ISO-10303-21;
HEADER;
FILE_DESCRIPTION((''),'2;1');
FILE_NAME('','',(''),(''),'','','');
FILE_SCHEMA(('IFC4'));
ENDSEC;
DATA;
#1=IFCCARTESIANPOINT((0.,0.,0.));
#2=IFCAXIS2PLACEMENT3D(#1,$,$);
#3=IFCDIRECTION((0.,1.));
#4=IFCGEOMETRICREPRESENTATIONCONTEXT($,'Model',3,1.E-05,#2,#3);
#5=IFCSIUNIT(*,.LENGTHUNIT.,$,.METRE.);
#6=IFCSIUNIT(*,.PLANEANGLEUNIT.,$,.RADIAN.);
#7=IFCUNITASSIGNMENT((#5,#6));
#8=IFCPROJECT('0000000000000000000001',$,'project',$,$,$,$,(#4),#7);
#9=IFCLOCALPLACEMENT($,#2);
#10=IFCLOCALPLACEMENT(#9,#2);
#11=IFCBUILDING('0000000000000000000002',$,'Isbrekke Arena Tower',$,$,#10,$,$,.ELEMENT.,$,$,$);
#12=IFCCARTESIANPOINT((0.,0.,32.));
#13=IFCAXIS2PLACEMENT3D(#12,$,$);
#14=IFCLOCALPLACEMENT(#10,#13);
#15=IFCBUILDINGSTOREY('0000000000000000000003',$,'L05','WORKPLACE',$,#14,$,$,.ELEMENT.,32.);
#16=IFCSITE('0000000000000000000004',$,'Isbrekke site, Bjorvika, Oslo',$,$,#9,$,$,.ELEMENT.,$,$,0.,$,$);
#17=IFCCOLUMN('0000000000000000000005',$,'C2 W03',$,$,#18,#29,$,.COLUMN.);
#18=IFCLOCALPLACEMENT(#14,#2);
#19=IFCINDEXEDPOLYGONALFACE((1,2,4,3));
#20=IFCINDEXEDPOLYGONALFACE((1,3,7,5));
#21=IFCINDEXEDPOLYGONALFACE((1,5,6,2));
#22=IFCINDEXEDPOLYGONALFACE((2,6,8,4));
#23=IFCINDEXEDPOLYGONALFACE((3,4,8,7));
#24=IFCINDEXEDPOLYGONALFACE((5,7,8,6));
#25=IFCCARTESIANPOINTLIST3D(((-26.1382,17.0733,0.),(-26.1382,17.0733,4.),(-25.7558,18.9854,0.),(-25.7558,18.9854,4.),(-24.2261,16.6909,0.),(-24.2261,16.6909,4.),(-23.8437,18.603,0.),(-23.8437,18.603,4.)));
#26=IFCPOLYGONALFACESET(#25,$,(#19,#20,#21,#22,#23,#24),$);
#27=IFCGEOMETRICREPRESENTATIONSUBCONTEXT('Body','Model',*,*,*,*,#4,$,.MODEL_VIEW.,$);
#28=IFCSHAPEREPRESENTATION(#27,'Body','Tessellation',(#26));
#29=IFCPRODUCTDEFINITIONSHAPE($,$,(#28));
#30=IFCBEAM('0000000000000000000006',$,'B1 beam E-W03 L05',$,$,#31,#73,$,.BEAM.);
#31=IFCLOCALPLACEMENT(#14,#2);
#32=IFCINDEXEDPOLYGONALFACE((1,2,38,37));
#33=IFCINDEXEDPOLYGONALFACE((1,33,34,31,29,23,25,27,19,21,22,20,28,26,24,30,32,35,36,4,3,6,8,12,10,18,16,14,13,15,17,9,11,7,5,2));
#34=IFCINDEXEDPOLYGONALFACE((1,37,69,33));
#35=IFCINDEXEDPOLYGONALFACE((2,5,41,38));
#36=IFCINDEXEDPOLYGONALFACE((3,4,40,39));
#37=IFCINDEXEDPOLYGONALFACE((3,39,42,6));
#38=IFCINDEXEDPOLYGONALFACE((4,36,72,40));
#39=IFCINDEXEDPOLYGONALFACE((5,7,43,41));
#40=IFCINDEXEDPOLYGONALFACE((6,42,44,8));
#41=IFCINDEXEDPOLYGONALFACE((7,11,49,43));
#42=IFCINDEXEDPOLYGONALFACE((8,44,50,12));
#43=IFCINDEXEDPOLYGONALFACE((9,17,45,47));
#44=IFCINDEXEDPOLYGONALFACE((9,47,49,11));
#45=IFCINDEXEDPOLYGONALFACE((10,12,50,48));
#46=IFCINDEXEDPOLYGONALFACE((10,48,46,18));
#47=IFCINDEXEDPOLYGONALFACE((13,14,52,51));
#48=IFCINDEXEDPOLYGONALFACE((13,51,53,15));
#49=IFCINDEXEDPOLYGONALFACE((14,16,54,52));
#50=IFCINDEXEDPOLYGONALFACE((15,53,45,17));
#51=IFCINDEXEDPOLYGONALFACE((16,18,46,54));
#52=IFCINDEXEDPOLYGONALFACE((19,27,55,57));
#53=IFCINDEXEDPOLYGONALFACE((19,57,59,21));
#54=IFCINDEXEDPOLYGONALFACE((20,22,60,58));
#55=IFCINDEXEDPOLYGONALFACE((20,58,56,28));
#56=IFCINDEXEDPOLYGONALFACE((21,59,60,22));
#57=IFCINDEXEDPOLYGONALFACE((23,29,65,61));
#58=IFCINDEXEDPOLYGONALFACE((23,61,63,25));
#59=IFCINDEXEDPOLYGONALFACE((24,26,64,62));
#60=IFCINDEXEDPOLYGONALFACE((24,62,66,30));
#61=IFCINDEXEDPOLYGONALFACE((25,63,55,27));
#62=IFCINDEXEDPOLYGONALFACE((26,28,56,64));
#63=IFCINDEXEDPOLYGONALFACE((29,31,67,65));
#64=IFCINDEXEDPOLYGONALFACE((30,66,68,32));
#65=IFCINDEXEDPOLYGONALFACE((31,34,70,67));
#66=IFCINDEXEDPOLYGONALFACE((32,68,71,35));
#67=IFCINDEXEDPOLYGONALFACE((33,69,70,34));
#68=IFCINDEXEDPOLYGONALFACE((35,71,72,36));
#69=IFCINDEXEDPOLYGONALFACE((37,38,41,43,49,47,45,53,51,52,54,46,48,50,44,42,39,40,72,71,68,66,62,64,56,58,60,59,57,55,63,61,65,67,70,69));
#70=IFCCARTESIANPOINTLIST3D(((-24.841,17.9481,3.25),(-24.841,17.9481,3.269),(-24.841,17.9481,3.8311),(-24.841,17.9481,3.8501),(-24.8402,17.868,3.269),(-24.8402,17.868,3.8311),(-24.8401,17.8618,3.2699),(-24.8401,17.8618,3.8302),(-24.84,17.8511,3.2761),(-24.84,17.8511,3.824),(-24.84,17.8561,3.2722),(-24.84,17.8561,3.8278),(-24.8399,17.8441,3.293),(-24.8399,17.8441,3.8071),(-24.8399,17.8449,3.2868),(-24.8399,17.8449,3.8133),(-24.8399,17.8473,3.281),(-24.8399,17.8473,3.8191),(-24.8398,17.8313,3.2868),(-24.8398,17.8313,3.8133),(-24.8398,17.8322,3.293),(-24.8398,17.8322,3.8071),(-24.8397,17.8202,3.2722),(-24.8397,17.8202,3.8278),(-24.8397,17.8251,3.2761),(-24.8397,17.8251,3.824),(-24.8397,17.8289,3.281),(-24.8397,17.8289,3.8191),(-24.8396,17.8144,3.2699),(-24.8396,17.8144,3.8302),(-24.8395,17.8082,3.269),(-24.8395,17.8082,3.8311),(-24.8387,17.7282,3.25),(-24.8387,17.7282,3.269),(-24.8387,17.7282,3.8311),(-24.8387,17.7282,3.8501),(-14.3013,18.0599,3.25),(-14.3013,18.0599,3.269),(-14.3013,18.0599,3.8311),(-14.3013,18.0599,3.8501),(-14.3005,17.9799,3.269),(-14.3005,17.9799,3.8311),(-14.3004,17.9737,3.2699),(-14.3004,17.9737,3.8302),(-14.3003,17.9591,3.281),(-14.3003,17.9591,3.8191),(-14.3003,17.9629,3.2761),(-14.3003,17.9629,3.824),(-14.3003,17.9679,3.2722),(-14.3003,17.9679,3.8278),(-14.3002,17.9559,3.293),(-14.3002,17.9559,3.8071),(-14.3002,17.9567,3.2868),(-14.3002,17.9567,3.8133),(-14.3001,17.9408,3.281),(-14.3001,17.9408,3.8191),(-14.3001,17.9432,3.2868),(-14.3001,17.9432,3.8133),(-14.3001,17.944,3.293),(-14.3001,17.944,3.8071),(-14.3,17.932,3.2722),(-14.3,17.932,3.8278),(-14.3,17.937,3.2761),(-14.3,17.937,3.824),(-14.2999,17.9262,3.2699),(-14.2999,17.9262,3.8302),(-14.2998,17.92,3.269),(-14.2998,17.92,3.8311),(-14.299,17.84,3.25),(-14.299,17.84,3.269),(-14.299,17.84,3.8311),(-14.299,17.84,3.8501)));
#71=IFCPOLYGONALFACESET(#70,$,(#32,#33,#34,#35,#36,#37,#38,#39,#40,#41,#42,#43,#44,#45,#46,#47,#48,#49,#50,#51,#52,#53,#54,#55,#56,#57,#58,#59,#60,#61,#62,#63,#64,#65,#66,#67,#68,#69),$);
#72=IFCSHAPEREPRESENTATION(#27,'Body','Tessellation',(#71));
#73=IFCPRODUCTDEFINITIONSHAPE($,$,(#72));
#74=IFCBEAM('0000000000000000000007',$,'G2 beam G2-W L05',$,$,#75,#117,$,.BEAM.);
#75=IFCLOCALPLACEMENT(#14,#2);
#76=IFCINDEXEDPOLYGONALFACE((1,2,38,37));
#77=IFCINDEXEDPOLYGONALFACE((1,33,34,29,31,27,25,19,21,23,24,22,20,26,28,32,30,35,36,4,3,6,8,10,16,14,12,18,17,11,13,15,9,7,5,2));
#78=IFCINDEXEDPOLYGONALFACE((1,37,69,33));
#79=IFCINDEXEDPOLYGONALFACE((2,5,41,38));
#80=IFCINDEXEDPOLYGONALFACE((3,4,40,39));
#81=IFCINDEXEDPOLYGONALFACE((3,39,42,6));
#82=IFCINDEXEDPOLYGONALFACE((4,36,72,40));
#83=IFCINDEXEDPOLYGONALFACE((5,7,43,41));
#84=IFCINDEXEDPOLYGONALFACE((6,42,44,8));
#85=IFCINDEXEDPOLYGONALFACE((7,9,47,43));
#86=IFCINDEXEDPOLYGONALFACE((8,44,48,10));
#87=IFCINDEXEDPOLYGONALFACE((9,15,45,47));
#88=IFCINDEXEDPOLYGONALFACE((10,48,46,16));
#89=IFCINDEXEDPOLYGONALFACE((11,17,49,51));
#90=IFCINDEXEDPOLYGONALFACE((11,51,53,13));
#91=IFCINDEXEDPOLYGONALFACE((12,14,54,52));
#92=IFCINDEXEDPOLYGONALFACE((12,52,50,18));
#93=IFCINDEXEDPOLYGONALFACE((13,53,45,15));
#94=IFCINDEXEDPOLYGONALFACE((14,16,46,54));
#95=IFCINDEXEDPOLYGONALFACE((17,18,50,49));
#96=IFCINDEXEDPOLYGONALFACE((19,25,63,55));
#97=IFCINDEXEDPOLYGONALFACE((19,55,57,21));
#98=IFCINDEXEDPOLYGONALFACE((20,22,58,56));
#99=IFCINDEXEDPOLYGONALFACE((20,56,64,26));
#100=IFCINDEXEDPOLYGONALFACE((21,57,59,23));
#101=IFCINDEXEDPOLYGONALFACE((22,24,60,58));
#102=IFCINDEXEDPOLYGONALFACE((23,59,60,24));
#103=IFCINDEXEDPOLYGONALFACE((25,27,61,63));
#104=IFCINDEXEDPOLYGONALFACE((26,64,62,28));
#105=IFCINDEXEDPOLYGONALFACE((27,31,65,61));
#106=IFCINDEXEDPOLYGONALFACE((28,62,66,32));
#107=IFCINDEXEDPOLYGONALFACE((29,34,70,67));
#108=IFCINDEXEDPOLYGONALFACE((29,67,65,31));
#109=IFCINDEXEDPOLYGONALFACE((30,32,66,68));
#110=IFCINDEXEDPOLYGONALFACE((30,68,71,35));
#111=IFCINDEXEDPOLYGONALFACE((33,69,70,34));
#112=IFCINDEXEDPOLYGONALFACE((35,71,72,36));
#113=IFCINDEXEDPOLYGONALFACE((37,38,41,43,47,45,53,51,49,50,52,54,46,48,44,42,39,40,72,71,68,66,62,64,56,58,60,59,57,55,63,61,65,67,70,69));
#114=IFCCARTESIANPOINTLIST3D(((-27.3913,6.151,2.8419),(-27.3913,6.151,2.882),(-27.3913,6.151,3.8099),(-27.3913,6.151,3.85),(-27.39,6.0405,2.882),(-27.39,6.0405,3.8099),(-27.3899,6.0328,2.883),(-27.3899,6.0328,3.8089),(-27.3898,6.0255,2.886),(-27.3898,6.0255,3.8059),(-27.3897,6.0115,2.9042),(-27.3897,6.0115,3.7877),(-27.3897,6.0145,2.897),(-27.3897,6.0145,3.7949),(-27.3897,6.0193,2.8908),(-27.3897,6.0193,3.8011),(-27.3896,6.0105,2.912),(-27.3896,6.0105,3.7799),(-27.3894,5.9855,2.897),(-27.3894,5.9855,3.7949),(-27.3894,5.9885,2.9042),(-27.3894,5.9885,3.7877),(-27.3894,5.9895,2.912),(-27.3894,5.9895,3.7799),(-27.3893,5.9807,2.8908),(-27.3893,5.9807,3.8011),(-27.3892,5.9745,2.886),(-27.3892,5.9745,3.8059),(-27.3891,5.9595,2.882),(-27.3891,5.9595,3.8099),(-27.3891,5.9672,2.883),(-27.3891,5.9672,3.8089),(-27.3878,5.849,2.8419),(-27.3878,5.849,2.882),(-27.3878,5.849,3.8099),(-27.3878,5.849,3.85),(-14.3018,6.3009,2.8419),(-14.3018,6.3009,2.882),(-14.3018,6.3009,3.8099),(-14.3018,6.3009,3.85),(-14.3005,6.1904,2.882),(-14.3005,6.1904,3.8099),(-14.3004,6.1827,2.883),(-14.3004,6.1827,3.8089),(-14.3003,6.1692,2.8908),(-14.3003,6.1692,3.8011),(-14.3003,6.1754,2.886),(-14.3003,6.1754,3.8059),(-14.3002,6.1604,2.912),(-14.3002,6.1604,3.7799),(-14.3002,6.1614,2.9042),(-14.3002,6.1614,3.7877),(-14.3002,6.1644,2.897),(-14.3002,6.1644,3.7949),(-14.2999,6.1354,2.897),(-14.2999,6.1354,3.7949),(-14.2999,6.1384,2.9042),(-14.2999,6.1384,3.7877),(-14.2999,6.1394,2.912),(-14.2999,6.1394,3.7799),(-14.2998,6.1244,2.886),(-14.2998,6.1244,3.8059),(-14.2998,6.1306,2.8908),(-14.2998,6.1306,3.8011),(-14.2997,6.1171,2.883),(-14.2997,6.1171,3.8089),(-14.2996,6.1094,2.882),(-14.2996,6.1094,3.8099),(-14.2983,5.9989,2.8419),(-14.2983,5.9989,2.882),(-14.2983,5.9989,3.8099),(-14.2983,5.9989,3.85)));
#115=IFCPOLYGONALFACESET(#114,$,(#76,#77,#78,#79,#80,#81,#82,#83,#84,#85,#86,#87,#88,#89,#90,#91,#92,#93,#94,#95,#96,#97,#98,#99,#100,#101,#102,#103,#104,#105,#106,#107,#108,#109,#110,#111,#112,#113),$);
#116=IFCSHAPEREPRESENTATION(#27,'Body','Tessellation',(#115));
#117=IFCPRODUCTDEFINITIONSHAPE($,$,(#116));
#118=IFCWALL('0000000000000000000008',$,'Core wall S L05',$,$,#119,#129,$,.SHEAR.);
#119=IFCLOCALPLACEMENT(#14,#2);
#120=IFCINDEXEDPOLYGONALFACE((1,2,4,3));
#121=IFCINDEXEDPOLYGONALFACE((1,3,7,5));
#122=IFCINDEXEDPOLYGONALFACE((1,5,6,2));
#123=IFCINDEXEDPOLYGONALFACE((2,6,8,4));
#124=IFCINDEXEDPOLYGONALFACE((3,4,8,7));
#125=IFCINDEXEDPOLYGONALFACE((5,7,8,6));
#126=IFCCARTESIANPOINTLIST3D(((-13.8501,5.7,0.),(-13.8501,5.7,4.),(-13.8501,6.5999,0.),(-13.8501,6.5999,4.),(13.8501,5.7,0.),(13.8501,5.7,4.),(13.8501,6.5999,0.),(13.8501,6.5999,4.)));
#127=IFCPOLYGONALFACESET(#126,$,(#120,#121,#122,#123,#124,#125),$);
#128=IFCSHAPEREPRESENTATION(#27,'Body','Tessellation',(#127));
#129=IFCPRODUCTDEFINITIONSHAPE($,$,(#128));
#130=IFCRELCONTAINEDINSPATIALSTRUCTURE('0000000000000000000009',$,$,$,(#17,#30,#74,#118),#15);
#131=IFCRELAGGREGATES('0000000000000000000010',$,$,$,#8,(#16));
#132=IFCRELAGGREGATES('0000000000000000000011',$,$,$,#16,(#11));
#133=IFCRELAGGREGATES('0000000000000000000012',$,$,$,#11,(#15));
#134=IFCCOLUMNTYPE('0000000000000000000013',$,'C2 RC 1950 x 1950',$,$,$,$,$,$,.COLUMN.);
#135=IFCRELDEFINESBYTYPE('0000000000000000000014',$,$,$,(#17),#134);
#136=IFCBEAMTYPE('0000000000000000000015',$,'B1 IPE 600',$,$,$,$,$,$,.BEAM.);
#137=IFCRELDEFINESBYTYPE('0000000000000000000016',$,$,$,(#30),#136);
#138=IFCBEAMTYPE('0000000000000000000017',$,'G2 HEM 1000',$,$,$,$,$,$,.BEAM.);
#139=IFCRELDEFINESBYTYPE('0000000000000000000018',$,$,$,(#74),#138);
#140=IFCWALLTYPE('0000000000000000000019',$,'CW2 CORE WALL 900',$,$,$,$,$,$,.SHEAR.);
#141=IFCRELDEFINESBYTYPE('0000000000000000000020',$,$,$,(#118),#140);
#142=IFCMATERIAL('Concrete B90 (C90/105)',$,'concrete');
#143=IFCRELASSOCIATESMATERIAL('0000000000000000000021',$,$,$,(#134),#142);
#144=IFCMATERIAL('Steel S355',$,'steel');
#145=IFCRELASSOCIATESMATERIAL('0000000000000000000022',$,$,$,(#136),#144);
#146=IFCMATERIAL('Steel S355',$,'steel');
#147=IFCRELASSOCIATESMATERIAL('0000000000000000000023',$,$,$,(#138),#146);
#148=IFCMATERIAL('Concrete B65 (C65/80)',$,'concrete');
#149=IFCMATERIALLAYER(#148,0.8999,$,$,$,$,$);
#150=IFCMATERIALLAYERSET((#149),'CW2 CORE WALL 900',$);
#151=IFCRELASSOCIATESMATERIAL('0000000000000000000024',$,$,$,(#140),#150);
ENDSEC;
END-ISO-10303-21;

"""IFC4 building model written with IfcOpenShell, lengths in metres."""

from ifc_helpers import new_model, si_unit, direction, frame, frame_2d, origin, origin_2d, place, context, subcontext, project, spatial, rectangle, i_section, extrude, material, layer, layer_set, material_profile, profile_set, type_object, element, save


model = new_model("IFC4")

# Units and contexts
model_context = context("Model", 3, precision=1e-05, world=origin(), true_north=direction((0.0, 1.0)))
body_context = subcontext(model_context, "Body", "Model", "MODEL_VIEW")
ifc_project = project(units=[si_unit("LENGTHUNIT", "METRE"), si_unit("PLANEANGLEUNIT", "RADIAN")], contexts=[model_context])

# Site, building, storey
site_placement = place(None, origin())
site = spatial("IfcSite", under=ifc_project, at=site_placement, Name="Isbrekke site, Bjorvika, Oslo", CompositionType="ELEMENT", RefElevation=0.0)
building_placement = place(site_placement, origin())
building = spatial("IfcBuilding", under=site, at=building_placement, Name="Isbrekke Arena Tower", CompositionType="ELEMENT")
storey_placement = place(building_placement, frame((0.0, 0.0, 32.0)))
storey = spatial("IfcBuildingStorey", under=building, at=storey_placement, Name="L05", Description="WORKPLACE", CompositionType="ELEMENT", Elevation=32.0)

# Column
ifc_material_1 = material(Name="Concrete B90 (C90/105)", Category="concrete")
ifc_material_profile_1 = material_profile(ifc_material_1, rectangle(XDim=1.95, YDim=1.95, at=origin_2d()), Name="RC 1950x1950")
ifc_profile_set_1 = profile_set([ifc_material_profile_1], Name="Concrete B90 (C90/105)")
column_type = type_object("IfcColumnType", Name="C2 RC 1950 x 1950", PredefinedType="COLUMN", material=ifc_profile_set_1)
column_placement = place(storey_placement, frame((-24.991, 17.8381, 0.0), z_axis=(0.0, 0.0, 1.0), x_axis=(-0.196116, -0.980581, 0.0)))
element("IfcColumn", 1, at=column_placement, inside=storey, type_object=column_type, Name="C2 W03", PredefinedType="COLUMN", context=body_context, shape_type="SweptSolid", body=[
    extrude(rectangle(XDim=1.95, YDim=1.95, at=origin_2d()), origin(), (0.0, 0.0, 1.0), 4.0),
])

# Beams
ifc_material_2 = material(Name="Steel S355", Category="steel")
ifc_material_profile_2 = material_profile(ifc_material_2, i_section(OverallWidth=0.22, OverallDepth=0.6001, WebThickness=0.012, FlangeThickness=0.019, FilletRadius=0.0239, at=origin_2d()), Name="IPE 600")
ifc_profile_set_2 = profile_set([ifc_material_profile_2], Name="Steel S355")
beam_type_1 = type_object("IfcBeamType", Name="B1 IPE 600", PredefinedType="BEAM", material=ifc_profile_set_2)
beam_1_placement = place(storey_placement, frame((-24.8398, 17.8381, 3.55), z_axis=(0.999944, 0.010608, 0.0), x_axis=(-0.010608, 0.999944, 0.0)))
element("IfcBeam", 2, at=beam_1_placement, inside=storey, type_object=beam_type_1, Name="B1 beam E-W03 L05", PredefinedType="BEAM", context=body_context, shape_type="SweptSolid", body=[
    extrude(i_section(OverallWidth=0.22, OverallDepth=0.6001, WebThickness=0.012, FlangeThickness=0.019, FilletRadius=0.0239, at=origin_2d()), origin(), (0.0, 0.0, 1.0), 10.5403),
])
ifc_material_3 = material(Name="Steel S355", Category="steel")
ifc_material_profile_3 = material_profile(ifc_material_3, i_section(OverallWidth=0.302, OverallDepth=1.0081, WebThickness=0.021, FlangeThickness=0.04, FilletRadius=0.03, at=origin_2d()), Name="HEM 1000")
ifc_profile_set_3 = profile_set([ifc_material_profile_3], Name="Steel S355")
beam_type_2 = type_object("IfcBeamType", Name="G2 HEM 1000", PredefinedType="BEAM", material=ifc_profile_set_3)
beam_2_placement = place(storey_placement, frame((-14.3, 6.1499, 3.3459), z_axis=(-0.999934, -0.011451, 0.0), x_axis=(0.011451, -0.999934, 0.0)))
element("IfcBeam", 3, at=beam_2_placement, inside=storey, type_object=beam_type_2, Name="G2 beam G2-W L05", PredefinedType="BEAM", context=body_context, shape_type="SweptSolid", body=[
    extrude(i_section(OverallWidth=0.302, OverallDepth=1.0081, WebThickness=0.021, FlangeThickness=0.04, FilletRadius=0.03, at=origin_2d()), origin(), (0.0, 0.0, 1.0), 13.0903),
])

# Wall
ifc_material_4 = material(Name="Concrete B65 (C65/80)", Category="concrete")
ifc_layer_1 = layer(ifc_material_4, 0.8999)
ifc_layer_set_1 = layer_set([ifc_layer_1], Name="CW2 CORE WALL 900")
wall_type_1 = type_object("IfcWallType", Name="CW2 CORE WALL 900", PredefinedType="SHEAR", material=ifc_layer_set_1)
wall_1_placement = place(storey_placement, frame((-13.8501, 6.1499, 0.0), z_axis=(0.0, 0.0, 1.0), x_axis=(1.0, 0.0, 0.0)))
element("IfcWall", 4, at=wall_1_placement, inside=storey, type_object=wall_type_1, Name="Core wall S L05", PredefinedType="SHEAR", context=body_context, shape_type="SweptSolid", body=[
    extrude(rectangle(XDim=27.7002, YDim=0.8999, at=frame_2d((13.8501, 0.0))), origin(), (0.0, 0.0, 1.0), 4.0),
])

save(model, "model.ifc")
